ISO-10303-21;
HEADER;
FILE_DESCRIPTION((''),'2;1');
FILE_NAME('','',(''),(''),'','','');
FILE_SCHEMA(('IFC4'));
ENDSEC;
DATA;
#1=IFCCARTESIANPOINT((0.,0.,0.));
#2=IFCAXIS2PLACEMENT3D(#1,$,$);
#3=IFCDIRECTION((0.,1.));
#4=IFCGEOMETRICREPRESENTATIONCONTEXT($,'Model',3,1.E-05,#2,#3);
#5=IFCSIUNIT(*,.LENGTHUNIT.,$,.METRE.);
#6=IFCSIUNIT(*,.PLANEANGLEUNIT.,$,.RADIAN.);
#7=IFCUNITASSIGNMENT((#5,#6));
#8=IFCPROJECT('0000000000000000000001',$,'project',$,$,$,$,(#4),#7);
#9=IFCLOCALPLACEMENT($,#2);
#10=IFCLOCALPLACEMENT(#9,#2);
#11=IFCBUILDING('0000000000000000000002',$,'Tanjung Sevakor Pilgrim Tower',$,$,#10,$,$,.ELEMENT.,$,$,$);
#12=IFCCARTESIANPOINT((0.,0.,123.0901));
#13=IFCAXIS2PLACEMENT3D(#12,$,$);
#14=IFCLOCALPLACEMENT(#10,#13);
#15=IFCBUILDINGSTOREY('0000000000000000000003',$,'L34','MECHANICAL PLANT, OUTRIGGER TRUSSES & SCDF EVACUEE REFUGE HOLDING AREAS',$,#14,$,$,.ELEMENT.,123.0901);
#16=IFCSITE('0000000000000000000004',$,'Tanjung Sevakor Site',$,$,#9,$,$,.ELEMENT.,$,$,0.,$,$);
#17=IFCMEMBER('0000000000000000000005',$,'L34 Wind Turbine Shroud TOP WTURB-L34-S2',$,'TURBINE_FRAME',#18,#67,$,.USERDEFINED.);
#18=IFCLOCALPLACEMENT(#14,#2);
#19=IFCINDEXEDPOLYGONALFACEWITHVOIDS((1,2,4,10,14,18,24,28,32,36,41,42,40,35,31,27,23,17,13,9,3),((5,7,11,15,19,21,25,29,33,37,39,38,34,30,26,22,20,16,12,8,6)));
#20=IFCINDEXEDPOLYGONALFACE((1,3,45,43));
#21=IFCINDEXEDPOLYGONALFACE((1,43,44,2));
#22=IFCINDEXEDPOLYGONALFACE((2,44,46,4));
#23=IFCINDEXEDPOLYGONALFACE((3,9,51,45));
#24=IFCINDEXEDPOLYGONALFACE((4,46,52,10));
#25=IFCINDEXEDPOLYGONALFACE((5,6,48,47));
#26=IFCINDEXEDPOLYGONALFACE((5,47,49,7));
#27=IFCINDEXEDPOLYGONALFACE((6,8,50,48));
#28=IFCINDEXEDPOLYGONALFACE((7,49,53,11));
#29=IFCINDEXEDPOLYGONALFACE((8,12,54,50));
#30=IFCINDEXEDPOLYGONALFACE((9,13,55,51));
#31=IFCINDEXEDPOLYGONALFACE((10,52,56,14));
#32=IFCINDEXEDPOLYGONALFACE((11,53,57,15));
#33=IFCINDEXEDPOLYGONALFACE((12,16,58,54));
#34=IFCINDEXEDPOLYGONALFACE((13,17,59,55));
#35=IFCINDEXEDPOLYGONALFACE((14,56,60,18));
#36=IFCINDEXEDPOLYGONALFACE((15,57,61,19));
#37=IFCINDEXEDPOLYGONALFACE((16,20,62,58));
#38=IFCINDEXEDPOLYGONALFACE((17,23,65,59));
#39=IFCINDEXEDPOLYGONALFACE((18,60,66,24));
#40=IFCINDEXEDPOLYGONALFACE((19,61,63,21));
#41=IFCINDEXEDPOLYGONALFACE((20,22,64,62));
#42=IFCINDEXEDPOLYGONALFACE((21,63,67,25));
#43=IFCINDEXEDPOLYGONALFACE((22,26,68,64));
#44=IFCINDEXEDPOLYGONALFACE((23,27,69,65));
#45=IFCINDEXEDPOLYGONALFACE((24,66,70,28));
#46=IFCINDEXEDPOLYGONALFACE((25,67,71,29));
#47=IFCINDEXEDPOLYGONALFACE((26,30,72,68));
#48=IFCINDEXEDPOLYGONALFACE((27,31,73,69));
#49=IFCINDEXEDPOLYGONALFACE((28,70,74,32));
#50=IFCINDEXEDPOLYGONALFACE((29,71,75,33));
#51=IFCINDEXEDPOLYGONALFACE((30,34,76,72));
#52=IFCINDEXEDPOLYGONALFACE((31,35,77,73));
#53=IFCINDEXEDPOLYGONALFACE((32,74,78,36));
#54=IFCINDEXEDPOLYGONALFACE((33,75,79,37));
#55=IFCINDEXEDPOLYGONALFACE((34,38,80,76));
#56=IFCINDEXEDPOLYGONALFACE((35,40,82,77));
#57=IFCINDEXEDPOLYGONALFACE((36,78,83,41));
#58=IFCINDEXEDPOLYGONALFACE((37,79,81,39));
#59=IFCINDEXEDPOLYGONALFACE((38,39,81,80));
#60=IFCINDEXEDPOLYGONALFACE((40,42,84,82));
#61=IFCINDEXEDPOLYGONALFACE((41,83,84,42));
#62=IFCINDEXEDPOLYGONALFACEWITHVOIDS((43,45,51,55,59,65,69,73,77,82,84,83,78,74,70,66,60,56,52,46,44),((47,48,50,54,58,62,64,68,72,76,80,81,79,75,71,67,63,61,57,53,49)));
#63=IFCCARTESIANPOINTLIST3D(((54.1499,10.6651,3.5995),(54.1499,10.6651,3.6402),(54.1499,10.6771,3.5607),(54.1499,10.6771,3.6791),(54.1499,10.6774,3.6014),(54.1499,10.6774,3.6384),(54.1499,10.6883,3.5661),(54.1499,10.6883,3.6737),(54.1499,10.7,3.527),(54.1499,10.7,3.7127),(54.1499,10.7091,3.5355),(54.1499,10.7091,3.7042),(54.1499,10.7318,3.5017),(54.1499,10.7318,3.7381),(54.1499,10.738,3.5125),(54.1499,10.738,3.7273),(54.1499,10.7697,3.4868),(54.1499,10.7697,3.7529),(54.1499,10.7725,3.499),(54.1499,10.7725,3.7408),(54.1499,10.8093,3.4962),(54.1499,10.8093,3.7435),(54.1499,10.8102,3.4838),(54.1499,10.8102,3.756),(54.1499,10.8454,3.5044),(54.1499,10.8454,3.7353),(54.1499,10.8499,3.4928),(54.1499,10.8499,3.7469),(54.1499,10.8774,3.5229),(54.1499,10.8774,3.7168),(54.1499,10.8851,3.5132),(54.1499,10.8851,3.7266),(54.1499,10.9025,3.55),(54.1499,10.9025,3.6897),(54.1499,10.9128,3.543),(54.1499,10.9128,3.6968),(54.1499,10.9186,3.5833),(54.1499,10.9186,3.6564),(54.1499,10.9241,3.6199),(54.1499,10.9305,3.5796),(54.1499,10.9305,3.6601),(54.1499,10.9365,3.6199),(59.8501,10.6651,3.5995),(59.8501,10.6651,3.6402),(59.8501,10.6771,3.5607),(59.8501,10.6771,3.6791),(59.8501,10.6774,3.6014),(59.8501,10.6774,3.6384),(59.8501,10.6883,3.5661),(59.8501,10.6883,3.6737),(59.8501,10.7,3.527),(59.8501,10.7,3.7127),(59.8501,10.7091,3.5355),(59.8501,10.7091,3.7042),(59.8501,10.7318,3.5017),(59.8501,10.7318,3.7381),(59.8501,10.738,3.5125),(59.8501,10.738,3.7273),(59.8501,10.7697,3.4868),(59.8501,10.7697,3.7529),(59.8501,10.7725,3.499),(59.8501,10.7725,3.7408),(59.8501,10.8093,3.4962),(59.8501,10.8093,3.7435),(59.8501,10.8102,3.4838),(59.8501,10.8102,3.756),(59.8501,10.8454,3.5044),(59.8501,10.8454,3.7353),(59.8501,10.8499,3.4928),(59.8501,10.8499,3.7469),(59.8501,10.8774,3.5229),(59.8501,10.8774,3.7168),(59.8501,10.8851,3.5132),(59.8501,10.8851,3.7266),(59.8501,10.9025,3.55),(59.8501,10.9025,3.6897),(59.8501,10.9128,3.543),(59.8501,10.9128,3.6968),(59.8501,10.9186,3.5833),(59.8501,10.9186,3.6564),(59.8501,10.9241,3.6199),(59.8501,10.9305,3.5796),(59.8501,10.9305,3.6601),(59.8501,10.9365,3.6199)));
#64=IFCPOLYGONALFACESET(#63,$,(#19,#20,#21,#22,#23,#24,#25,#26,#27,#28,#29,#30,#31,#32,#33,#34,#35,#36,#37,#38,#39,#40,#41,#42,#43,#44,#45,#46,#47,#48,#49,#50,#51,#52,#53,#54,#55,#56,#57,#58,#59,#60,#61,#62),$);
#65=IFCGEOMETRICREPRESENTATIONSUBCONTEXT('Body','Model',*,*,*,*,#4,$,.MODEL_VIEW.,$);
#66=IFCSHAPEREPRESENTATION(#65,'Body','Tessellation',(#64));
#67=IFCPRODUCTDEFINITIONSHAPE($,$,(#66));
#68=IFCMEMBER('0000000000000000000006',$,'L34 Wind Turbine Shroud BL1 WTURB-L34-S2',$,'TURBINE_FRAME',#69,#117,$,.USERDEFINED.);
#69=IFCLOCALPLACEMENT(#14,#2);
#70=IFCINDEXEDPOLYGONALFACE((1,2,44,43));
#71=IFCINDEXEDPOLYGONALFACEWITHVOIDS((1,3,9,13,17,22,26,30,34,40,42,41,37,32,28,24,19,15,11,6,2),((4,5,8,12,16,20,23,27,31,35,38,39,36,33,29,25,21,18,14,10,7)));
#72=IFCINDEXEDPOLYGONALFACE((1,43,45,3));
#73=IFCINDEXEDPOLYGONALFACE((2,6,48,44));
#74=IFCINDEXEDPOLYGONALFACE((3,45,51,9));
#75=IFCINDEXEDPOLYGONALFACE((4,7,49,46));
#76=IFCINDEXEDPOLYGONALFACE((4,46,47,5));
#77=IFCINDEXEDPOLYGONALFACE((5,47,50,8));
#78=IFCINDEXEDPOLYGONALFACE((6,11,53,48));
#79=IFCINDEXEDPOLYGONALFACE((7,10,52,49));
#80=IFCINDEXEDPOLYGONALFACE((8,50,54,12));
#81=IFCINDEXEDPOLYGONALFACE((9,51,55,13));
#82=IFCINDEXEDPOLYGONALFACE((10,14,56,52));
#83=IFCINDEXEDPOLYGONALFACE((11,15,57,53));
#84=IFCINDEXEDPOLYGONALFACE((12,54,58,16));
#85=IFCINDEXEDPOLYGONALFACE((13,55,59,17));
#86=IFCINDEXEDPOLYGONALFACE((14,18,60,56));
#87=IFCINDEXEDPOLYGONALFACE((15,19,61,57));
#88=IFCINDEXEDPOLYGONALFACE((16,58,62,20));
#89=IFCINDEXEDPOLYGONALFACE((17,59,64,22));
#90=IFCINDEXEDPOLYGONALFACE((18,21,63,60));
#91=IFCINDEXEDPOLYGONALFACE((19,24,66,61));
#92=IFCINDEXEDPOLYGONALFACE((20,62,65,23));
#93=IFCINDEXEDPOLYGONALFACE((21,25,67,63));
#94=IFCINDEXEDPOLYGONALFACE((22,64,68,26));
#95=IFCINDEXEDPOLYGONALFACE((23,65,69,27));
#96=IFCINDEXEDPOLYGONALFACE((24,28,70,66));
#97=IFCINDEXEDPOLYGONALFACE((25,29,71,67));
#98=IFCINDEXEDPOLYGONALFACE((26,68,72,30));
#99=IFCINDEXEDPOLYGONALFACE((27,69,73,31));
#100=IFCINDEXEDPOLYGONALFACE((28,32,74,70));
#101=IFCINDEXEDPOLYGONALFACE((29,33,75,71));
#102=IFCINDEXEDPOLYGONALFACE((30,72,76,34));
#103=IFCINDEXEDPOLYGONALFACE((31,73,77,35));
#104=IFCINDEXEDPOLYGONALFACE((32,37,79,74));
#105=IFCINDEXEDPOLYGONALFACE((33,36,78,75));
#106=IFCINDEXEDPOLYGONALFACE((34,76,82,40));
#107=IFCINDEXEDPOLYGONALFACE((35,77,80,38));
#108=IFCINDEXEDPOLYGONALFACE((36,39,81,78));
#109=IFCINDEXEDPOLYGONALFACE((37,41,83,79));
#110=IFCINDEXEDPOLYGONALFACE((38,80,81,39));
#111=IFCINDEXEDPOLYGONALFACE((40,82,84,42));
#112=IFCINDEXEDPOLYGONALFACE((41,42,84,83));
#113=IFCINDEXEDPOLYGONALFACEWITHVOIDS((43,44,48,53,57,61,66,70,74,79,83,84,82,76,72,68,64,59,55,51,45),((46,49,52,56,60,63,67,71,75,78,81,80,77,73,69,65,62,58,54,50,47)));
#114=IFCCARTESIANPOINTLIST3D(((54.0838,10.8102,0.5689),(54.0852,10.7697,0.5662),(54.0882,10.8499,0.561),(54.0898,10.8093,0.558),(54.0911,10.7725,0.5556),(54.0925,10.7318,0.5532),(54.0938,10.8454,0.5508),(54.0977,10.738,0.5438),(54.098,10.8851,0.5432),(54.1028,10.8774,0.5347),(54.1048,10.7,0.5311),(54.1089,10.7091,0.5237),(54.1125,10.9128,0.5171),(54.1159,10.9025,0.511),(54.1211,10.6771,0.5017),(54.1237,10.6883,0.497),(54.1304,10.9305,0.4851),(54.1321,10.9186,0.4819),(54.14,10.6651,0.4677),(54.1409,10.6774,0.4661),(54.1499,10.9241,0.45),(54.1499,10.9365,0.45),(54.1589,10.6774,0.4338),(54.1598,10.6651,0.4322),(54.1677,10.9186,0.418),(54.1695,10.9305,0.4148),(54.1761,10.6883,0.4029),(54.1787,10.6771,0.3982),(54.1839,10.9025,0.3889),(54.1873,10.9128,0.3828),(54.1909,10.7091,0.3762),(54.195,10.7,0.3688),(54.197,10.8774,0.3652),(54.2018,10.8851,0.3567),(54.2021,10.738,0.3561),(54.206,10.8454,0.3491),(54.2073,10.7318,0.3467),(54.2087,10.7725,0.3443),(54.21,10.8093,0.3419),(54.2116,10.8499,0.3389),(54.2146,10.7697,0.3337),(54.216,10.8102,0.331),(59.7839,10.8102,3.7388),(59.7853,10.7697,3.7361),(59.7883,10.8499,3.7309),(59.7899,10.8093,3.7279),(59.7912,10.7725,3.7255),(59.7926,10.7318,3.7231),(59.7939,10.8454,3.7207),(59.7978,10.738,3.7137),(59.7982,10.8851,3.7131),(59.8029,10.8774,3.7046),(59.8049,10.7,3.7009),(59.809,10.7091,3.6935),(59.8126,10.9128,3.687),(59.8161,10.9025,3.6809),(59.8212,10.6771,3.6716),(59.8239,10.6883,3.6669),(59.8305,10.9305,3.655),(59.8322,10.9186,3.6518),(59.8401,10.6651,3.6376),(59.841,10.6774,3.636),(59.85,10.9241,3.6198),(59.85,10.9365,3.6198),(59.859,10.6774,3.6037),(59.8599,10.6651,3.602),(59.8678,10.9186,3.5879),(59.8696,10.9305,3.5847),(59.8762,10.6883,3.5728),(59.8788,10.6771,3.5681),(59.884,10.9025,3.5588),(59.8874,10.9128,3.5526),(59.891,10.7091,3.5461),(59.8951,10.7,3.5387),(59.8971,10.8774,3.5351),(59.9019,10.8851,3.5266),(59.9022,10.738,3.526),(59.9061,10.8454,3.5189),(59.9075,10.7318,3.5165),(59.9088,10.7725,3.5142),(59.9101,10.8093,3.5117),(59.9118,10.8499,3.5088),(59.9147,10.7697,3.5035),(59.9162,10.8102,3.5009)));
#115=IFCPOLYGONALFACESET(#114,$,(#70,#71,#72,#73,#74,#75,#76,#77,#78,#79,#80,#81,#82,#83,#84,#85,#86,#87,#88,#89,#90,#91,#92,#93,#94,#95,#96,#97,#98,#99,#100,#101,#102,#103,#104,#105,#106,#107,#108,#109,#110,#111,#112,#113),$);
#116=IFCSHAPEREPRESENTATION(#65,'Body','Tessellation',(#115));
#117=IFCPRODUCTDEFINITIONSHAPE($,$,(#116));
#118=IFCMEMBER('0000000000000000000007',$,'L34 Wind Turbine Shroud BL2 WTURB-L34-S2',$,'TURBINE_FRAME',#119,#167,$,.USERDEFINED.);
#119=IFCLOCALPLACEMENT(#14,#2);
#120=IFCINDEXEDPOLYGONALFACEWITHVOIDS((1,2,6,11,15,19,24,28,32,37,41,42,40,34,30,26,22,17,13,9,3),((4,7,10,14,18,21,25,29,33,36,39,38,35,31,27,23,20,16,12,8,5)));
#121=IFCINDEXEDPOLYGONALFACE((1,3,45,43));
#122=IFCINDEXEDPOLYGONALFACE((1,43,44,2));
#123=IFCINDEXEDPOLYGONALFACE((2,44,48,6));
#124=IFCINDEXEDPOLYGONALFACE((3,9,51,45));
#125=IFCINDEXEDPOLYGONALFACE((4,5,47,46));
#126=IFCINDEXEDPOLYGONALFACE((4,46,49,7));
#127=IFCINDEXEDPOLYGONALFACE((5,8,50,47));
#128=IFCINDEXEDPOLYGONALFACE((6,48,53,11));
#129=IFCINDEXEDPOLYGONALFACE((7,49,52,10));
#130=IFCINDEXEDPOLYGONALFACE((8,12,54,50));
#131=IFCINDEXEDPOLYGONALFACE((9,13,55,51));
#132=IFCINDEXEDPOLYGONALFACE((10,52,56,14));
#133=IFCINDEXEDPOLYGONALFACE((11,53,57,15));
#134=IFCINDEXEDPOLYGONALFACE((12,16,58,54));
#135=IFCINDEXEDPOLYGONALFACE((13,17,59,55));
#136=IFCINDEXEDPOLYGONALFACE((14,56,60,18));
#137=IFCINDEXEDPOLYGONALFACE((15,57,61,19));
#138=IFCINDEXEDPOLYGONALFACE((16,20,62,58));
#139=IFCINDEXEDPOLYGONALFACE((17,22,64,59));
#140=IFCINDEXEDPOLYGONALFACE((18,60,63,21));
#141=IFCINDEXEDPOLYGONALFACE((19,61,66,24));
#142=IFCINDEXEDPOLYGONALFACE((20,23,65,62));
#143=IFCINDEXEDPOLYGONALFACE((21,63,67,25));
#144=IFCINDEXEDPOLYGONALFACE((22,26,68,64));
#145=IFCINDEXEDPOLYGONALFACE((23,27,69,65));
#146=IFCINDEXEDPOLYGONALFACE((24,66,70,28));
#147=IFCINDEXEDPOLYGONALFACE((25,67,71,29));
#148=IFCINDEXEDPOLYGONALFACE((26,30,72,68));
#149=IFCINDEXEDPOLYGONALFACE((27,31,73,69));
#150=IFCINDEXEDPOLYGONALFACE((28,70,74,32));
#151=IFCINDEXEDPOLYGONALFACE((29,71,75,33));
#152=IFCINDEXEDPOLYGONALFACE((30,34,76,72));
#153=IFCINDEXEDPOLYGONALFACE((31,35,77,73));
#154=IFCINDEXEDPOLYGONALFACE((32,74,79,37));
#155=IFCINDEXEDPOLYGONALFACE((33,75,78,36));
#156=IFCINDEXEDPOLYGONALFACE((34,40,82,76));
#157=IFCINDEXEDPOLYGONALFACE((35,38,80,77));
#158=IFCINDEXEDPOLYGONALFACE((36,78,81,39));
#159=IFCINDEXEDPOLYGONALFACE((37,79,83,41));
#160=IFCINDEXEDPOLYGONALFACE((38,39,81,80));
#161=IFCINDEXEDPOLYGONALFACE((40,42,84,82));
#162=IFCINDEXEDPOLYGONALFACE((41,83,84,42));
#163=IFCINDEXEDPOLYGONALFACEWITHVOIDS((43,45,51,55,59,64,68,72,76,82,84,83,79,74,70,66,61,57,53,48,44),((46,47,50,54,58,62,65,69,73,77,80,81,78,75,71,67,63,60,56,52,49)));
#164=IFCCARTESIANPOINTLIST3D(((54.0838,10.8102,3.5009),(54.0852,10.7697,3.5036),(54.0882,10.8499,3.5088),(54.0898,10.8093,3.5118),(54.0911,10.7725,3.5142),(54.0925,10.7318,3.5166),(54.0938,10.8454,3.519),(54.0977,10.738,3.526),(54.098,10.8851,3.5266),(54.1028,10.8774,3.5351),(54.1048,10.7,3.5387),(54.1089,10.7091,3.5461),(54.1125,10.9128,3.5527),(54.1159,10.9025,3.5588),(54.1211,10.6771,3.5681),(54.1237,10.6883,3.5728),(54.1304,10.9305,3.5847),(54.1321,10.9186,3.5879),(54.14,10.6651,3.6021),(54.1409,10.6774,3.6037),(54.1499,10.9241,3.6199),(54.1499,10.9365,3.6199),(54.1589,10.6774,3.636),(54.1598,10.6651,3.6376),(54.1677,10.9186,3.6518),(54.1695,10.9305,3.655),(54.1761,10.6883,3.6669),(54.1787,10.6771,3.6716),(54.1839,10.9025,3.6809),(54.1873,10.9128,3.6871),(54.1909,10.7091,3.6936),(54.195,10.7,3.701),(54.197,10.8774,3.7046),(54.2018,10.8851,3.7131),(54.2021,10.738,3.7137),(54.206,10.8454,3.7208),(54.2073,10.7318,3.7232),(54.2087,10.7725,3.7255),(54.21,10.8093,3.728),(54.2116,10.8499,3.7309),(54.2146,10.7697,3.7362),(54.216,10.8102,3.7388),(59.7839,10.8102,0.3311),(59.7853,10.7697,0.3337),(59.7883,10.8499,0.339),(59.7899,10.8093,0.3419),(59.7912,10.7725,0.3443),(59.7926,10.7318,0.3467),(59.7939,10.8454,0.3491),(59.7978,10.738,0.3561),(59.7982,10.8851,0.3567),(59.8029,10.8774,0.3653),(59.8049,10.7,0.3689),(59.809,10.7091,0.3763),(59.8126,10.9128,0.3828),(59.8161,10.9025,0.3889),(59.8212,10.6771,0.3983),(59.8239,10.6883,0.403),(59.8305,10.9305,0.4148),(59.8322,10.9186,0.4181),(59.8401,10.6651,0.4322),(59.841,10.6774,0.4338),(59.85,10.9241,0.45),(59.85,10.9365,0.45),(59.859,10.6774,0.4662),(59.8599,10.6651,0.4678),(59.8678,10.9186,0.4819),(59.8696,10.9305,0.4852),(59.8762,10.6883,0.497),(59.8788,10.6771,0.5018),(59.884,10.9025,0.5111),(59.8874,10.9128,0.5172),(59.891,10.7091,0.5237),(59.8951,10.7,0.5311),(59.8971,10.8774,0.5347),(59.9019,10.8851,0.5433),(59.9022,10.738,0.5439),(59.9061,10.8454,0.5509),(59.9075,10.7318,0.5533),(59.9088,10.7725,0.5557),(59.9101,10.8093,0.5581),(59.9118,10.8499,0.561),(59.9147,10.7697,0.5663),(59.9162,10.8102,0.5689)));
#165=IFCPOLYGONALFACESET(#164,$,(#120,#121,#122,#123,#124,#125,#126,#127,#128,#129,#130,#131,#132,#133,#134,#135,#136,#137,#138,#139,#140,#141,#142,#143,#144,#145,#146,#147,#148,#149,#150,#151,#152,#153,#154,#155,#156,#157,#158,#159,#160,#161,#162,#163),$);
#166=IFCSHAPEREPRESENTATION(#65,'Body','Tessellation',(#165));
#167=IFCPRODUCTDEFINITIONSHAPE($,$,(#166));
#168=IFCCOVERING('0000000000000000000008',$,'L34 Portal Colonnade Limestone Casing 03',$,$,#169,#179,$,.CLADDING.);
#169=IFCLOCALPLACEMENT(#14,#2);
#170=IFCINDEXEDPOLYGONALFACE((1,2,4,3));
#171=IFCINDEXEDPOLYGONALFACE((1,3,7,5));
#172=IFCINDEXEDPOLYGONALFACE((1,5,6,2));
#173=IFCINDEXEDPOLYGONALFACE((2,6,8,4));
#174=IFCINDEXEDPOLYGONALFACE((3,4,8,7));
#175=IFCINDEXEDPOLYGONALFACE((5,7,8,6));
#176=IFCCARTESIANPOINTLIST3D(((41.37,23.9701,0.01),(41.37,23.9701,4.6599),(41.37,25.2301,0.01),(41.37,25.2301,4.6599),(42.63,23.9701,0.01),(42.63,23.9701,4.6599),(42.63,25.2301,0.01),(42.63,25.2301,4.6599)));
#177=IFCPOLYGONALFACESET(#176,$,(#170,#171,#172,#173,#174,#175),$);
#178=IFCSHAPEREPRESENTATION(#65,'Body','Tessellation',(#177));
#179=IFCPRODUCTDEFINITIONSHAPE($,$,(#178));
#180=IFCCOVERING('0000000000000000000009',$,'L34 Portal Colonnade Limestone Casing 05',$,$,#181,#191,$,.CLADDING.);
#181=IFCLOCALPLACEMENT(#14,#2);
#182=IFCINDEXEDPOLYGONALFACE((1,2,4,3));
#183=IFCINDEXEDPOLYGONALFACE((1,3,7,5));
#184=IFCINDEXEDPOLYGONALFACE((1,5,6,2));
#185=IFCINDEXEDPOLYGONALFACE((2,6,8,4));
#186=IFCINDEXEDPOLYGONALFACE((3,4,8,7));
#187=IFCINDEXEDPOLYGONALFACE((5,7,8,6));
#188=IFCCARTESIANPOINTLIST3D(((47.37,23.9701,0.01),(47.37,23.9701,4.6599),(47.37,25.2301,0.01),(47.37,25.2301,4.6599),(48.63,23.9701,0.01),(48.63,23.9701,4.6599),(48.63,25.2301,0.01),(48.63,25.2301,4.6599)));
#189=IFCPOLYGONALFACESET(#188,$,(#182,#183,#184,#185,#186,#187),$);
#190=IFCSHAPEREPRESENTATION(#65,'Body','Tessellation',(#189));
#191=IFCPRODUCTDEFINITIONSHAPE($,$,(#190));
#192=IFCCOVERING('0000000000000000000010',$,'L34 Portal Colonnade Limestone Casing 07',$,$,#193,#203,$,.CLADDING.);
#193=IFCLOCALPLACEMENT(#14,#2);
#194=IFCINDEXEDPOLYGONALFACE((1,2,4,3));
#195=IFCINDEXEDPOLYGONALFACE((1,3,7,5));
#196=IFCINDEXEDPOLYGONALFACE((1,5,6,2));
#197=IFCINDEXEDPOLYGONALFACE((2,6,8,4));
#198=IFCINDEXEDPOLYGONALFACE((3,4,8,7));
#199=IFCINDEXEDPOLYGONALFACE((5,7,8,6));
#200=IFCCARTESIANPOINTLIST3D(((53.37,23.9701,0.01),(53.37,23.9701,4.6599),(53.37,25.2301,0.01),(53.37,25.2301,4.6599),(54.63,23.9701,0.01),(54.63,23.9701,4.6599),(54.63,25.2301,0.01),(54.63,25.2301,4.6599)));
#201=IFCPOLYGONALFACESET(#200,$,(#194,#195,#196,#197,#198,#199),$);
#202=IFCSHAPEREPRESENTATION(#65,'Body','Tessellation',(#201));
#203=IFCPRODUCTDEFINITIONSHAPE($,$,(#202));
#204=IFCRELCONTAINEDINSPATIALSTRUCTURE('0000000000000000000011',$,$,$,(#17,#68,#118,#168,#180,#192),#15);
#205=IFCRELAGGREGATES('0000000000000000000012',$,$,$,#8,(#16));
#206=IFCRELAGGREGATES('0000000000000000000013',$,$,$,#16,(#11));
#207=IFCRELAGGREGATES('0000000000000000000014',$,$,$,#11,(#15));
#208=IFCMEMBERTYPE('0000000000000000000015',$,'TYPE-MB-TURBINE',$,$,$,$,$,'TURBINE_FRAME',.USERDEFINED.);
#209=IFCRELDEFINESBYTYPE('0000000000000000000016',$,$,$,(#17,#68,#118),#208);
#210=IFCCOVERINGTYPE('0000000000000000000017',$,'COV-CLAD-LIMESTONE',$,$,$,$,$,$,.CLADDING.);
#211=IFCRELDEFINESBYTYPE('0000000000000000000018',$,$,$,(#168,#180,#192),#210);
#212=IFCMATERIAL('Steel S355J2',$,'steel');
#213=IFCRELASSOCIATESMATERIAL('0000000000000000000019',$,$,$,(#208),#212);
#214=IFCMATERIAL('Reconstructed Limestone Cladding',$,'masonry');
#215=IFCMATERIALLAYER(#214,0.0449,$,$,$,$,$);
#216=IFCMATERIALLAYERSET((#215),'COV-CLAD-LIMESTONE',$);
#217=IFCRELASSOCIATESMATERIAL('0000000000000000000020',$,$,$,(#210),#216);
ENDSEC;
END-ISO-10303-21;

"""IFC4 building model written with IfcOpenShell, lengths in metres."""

from ifc_helpers import new_model, si_unit, direction, frame, origin, origin_2d, place, context, subcontext, project, spatial, rectangle, hollow_circle, extrude, material, layer, layer_set, material_profile, profile_set, type_object, element, save


model = new_model("IFC4")

# Units and contexts
model_context = context("Model", 3, precision=1e-05, world=origin(), true_north=direction((0.0, 1.0)))
body_context = subcontext(model_context, "Body", "Model", "MODEL_VIEW")
ifc_project = project(units=[si_unit("LENGTHUNIT", "METRE"), si_unit("PLANEANGLEUNIT", "RADIAN")], contexts=[model_context])

# Site, building, storey
site_placement = place(None, origin())
site = spatial("IfcSite", under=ifc_project, at=site_placement, Name="Tanjung Sevakor Site", CompositionType="ELEMENT", RefElevation=0.0)
building_placement = place(site_placement, origin())
building = spatial("IfcBuilding", under=site, at=building_placement, Name="Tanjung Sevakor Pilgrim Tower", CompositionType="ELEMENT")
storey_placement = place(building_placement, frame((0.0, 0.0, 123.0901)))
storey = spatial("IfcBuildingStorey", under=building, at=storey_placement, Name="L34", Description="MECHANICAL PLANT, OUTRIGGER TRUSSES & SCDF EVACUEE REFUGE HOLDING AREAS", CompositionType="ELEMENT", Elevation=123.0901)

# Members
ifc_material_1 = material(Name="Steel S355J2", Category="steel")
ifc_material_profile_1 = material_profile(ifc_material_1, hollow_circle(Radius=0.1365, WallThickness=0.0125, at=origin_2d()))
ifc_profile_set_1 = profile_set([ifc_material_profile_1], Name="Steel S355J2")
member_type = type_object("IfcMemberType", Name="TYPE-MB-TURBINE", ElementType="TURBINE_FRAME", PredefinedType="USERDEFINED", material=ifc_profile_set_1)
for number, where, z_axis, x_axis, name in (
    (1, (54.1499, 10.8, 3.6199), (1.0, 0.0, 0.0), (0.0, 1.0, 0.0), "L34 Wind Turbine Shroud TOP WTURB-L34-S2"),
):
    element("IfcMember", number, at=place(storey_placement, frame(where, z_axis=z_axis, x_axis=x_axis)), inside=storey, type_object=member_type, Name=name, ObjectType="TURBINE_FRAME", PredefinedType="USERDEFINED", context=body_context, shape_type="SweptSolid", body=[
        extrude(hollow_circle(Radius=0.1365, WallThickness=0.0125, at=origin_2d()), origin(), (0.0, 0.0, 1.0), 5.7002),
    ])
for number, where, z_axis, x_axis, name in (
    (2, (54.1499, 10.8, 0.45), (0.873952, 0.0, 0.486012), (0.0, 1.0, 0.0), "L34 Wind Turbine Shroud BL1 WTURB-L34-S2"),
    (3, (54.1499, 10.8, 3.6199), (0.873952, 0.0, -0.486012), (0.0, 1.0, 0.0), "L34 Wind Turbine Shroud BL2 WTURB-L34-S2"),
):
    element("IfcMember", number, at=place(storey_placement, frame(where, z_axis=z_axis, x_axis=x_axis)), inside=storey, type_object=member_type, Name=name, ObjectType="TURBINE_FRAME", PredefinedType="USERDEFINED", context=body_context, shape_type="SweptSolid", body=[
        extrude(hollow_circle(Radius=0.1365, WallThickness=0.0125, at=origin_2d()), origin(), (0.0, 0.0, 1.0), 6.5222),
    ])

# Coverings
ifc_material_2 = material(Name="Reconstructed Limestone Cladding", Category="masonry")
ifc_layer = layer(ifc_material_2, 0.0449)
ifc_layer_set = layer_set([ifc_layer], Name="COV-CLAD-LIMESTONE")
covering_type = type_object("IfcCoveringType", Name="COV-CLAD-LIMESTONE", PredefinedType="CLADDING", material=ifc_layer_set)
for number, where, z_axis, x_axis, name in (
    (4, (42.0, 24.6001, 0.01), (0.0, 0.0, 1.0), (1.0, 0.0, 0.0), "L34 Portal Colonnade Limestone Casing 03"),
    (5, (48.0, 24.6001, 0.01), (0.0, 0.0, 1.0), (1.0, 0.0, 0.0), "L34 Portal Colonnade Limestone Casing 05"),
    (6, (54.0, 24.6001, 0.01), (0.0, 0.0, 1.0), (1.0, 0.0, 0.0), "L34 Portal Colonnade Limestone Casing 07"),
):
    element("IfcCovering", number, at=place(storey_placement, frame(where, z_axis=z_axis, x_axis=x_axis)), inside=storey, type_object=covering_type, Name=name, PredefinedType="CLADDING", context=body_context, shape_type="SweptSolid", body=[
        extrude(rectangle(XDim=1.26, YDim=1.26, at=origin_2d()), origin(), (0.0, 0.0, 1.0), 4.6499),
    ])

save(model, "model.ifc")
